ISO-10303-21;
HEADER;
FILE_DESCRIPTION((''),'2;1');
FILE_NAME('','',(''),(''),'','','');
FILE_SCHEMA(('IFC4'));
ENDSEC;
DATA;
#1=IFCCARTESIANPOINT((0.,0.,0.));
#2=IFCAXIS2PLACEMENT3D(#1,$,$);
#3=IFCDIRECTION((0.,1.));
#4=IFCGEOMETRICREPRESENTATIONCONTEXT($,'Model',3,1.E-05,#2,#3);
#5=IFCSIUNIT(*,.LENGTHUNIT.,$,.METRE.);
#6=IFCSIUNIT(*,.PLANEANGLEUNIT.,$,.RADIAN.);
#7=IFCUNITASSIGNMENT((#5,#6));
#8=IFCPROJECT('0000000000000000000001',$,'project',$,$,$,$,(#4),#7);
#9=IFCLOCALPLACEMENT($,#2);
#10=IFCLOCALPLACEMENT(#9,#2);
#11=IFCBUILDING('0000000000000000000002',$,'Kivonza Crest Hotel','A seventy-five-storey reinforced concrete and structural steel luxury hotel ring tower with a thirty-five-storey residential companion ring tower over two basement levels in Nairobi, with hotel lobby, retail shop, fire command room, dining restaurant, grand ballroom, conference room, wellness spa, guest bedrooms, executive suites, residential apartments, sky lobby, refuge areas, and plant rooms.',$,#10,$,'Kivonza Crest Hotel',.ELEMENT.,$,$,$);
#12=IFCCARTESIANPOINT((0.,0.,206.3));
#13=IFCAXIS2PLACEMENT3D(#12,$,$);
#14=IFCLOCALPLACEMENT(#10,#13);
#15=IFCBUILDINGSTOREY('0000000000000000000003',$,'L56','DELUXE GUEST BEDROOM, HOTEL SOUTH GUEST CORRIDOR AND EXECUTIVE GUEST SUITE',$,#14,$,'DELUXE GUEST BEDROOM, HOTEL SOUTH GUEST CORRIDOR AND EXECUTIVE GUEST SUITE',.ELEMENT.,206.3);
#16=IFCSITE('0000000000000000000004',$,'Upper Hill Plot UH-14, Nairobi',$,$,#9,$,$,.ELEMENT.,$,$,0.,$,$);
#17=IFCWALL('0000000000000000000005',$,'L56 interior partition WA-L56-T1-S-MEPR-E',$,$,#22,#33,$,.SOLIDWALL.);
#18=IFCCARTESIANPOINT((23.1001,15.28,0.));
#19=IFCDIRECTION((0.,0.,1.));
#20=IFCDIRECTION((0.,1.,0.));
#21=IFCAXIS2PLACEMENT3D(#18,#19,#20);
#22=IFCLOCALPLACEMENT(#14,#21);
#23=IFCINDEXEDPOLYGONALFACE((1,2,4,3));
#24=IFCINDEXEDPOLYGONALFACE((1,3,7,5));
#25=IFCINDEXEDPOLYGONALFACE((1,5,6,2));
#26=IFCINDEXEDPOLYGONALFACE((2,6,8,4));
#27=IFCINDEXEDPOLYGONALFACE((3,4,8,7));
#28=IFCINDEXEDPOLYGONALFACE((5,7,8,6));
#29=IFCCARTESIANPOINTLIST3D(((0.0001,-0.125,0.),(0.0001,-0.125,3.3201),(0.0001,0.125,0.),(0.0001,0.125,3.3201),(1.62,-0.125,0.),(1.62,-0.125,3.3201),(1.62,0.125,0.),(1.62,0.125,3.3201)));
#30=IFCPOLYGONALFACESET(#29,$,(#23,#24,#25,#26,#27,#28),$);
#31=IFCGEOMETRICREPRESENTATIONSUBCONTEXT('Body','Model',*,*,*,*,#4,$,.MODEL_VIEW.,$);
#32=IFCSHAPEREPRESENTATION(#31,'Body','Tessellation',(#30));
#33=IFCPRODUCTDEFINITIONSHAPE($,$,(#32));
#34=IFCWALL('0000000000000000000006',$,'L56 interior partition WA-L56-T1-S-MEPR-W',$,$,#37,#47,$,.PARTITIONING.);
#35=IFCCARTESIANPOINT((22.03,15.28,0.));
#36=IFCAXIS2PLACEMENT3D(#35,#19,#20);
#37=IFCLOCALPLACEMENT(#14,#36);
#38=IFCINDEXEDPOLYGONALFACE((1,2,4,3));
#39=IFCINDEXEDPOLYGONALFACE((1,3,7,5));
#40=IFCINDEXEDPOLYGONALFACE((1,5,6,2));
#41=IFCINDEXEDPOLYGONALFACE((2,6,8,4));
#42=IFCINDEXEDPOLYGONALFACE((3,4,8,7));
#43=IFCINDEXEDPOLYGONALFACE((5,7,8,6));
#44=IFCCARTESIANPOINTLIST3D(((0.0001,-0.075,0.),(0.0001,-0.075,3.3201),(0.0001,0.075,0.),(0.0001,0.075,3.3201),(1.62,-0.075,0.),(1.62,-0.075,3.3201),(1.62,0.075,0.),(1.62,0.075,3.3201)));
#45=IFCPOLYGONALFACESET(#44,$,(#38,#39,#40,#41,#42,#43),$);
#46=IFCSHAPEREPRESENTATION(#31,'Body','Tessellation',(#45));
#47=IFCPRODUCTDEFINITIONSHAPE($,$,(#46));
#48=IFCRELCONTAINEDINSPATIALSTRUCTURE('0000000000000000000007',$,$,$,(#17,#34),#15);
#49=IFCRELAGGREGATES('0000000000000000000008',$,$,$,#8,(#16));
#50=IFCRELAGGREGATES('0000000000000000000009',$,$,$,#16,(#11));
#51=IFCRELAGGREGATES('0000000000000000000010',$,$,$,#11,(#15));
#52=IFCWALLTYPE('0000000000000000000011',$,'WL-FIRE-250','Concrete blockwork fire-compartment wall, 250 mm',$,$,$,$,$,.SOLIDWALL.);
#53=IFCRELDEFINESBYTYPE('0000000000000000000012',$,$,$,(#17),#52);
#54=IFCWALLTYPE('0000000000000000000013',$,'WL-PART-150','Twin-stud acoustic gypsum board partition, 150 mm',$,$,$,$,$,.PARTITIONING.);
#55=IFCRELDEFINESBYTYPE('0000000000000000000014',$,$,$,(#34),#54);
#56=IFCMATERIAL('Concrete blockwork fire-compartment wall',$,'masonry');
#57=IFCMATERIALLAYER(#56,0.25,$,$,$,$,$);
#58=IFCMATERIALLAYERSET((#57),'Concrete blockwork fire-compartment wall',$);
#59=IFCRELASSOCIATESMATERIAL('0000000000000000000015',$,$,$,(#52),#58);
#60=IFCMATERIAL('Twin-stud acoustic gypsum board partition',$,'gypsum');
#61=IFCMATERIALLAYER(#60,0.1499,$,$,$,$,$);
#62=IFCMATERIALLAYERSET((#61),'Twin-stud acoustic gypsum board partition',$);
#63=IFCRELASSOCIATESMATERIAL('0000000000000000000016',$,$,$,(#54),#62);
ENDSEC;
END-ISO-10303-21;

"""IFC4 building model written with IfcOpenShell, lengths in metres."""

from ifc_helpers import new_model, si_unit, direction, frame, frame_2d, origin, place, context, subcontext, project, spatial, rectangle, extrude, material, layer, layer_set, type_object, element, save


model = new_model("IFC4")

# Units and contexts
model_context = context("Model", 3, precision=1e-05, world=origin(), true_north=direction((0.0, 1.0)))
body_context = subcontext(model_context, "Body", "Model", "MODEL_VIEW")
ifc_project = project(units=[si_unit("LENGTHUNIT", "METRE"), si_unit("PLANEANGLEUNIT", "RADIAN")], contexts=[model_context])

# Site, building, storey
site_placement = place(None, origin())
site = spatial("IfcSite", under=ifc_project, at=site_placement, Name="Upper Hill Plot UH-14, Nairobi", CompositionType="ELEMENT", RefElevation=0.0)
building_placement = place(site_placement, origin())
building = spatial("IfcBuilding", under=site, at=building_placement, Name="Kivonza Crest Hotel", Description="A seventy-five-storey reinforced concrete and structural steel luxury hotel ring tower with a thirty-five-storey residential companion ring tower over two basement levels in Nairobi, with hotel lobby, retail shop, fire command room, dining restaurant, grand ballroom, conference room, wellness spa, guest bedrooms, executive suites, residential apartments, sky lobby, refuge areas, and plant rooms.", LongName="Kivonza Crest Hotel", CompositionType="ELEMENT")
storey_placement = place(building_placement, frame((0.0, 0.0, 206.3)))
storey = spatial("IfcBuildingStorey", under=building, at=storey_placement, Name="L56", Description="DELUXE GUEST BEDROOM, HOTEL SOUTH GUEST CORRIDOR AND EXECUTIVE GUEST SUITE", LongName="DELUXE GUEST BEDROOM, HOTEL SOUTH GUEST CORRIDOR AND EXECUTIVE GUEST SUITE", CompositionType="ELEMENT", Elevation=206.3)

# Walls
ifc_material_1 = material(Name="Concrete blockwork fire-compartment wall", Category="masonry")
ifc_layer_1 = layer(ifc_material_1, 0.25)
ifc_layer_set_1 = layer_set([ifc_layer_1], Name="Concrete blockwork fire-compartment wall")
wall_type_1 = type_object("IfcWallType", Name="WL-FIRE-250", Description="Concrete blockwork fire-compartment wall, 250 mm", PredefinedType="SOLIDWALL", material=ifc_layer_set_1)
wall_1_placement = place(storey_placement, frame((23.1001, 15.28, 0.0), z_axis=(0.0, 0.0, 1.0), x_axis=(0.0, 1.0, 0.0)))
element("IfcWall", 1, at=wall_1_placement, inside=storey, type_object=wall_type_1, Name="L56 interior partition WA-L56-T1-S-MEPR-E", PredefinedType="SOLIDWALL", context=body_context, shape_type="SweptSolid", body=[
    extrude(rectangle(XDim=1.6199, YDim=0.25, at=frame_2d((0.8101, 0.0))), origin(), (0.0, 0.0, 1.0), 3.3201),
])
ifc_material_2 = material(Name="Twin-stud acoustic gypsum board partition", Category="gypsum")
ifc_layer_2 = layer(ifc_material_2, 0.1499)
ifc_layer_set_2 = layer_set([ifc_layer_2], Name="Twin-stud acoustic gypsum board partition")
wall_type_2 = type_object("IfcWallType", Name="WL-PART-150", Description="Twin-stud acoustic gypsum board partition, 150 mm", PredefinedType="PARTITIONING", material=ifc_layer_set_2)
wall_2_placement = place(storey_placement, frame((22.03, 15.28, 0.0), z_axis=(0.0, 0.0, 1.0), x_axis=(0.0, 1.0, 0.0)))
element("IfcWall", 2, at=wall_2_placement, inside=storey, type_object=wall_type_2, Name="L56 interior partition WA-L56-T1-S-MEPR-W", PredefinedType="PARTITIONING", context=body_context, shape_type="SweptSolid", body=[
    extrude(rectangle(XDim=1.6199, YDim=0.1499, at=frame_2d((0.8101, 0.0))), origin(), (0.0, 0.0, 1.0), 3.3201),
])

save(model, "model.ifc")
